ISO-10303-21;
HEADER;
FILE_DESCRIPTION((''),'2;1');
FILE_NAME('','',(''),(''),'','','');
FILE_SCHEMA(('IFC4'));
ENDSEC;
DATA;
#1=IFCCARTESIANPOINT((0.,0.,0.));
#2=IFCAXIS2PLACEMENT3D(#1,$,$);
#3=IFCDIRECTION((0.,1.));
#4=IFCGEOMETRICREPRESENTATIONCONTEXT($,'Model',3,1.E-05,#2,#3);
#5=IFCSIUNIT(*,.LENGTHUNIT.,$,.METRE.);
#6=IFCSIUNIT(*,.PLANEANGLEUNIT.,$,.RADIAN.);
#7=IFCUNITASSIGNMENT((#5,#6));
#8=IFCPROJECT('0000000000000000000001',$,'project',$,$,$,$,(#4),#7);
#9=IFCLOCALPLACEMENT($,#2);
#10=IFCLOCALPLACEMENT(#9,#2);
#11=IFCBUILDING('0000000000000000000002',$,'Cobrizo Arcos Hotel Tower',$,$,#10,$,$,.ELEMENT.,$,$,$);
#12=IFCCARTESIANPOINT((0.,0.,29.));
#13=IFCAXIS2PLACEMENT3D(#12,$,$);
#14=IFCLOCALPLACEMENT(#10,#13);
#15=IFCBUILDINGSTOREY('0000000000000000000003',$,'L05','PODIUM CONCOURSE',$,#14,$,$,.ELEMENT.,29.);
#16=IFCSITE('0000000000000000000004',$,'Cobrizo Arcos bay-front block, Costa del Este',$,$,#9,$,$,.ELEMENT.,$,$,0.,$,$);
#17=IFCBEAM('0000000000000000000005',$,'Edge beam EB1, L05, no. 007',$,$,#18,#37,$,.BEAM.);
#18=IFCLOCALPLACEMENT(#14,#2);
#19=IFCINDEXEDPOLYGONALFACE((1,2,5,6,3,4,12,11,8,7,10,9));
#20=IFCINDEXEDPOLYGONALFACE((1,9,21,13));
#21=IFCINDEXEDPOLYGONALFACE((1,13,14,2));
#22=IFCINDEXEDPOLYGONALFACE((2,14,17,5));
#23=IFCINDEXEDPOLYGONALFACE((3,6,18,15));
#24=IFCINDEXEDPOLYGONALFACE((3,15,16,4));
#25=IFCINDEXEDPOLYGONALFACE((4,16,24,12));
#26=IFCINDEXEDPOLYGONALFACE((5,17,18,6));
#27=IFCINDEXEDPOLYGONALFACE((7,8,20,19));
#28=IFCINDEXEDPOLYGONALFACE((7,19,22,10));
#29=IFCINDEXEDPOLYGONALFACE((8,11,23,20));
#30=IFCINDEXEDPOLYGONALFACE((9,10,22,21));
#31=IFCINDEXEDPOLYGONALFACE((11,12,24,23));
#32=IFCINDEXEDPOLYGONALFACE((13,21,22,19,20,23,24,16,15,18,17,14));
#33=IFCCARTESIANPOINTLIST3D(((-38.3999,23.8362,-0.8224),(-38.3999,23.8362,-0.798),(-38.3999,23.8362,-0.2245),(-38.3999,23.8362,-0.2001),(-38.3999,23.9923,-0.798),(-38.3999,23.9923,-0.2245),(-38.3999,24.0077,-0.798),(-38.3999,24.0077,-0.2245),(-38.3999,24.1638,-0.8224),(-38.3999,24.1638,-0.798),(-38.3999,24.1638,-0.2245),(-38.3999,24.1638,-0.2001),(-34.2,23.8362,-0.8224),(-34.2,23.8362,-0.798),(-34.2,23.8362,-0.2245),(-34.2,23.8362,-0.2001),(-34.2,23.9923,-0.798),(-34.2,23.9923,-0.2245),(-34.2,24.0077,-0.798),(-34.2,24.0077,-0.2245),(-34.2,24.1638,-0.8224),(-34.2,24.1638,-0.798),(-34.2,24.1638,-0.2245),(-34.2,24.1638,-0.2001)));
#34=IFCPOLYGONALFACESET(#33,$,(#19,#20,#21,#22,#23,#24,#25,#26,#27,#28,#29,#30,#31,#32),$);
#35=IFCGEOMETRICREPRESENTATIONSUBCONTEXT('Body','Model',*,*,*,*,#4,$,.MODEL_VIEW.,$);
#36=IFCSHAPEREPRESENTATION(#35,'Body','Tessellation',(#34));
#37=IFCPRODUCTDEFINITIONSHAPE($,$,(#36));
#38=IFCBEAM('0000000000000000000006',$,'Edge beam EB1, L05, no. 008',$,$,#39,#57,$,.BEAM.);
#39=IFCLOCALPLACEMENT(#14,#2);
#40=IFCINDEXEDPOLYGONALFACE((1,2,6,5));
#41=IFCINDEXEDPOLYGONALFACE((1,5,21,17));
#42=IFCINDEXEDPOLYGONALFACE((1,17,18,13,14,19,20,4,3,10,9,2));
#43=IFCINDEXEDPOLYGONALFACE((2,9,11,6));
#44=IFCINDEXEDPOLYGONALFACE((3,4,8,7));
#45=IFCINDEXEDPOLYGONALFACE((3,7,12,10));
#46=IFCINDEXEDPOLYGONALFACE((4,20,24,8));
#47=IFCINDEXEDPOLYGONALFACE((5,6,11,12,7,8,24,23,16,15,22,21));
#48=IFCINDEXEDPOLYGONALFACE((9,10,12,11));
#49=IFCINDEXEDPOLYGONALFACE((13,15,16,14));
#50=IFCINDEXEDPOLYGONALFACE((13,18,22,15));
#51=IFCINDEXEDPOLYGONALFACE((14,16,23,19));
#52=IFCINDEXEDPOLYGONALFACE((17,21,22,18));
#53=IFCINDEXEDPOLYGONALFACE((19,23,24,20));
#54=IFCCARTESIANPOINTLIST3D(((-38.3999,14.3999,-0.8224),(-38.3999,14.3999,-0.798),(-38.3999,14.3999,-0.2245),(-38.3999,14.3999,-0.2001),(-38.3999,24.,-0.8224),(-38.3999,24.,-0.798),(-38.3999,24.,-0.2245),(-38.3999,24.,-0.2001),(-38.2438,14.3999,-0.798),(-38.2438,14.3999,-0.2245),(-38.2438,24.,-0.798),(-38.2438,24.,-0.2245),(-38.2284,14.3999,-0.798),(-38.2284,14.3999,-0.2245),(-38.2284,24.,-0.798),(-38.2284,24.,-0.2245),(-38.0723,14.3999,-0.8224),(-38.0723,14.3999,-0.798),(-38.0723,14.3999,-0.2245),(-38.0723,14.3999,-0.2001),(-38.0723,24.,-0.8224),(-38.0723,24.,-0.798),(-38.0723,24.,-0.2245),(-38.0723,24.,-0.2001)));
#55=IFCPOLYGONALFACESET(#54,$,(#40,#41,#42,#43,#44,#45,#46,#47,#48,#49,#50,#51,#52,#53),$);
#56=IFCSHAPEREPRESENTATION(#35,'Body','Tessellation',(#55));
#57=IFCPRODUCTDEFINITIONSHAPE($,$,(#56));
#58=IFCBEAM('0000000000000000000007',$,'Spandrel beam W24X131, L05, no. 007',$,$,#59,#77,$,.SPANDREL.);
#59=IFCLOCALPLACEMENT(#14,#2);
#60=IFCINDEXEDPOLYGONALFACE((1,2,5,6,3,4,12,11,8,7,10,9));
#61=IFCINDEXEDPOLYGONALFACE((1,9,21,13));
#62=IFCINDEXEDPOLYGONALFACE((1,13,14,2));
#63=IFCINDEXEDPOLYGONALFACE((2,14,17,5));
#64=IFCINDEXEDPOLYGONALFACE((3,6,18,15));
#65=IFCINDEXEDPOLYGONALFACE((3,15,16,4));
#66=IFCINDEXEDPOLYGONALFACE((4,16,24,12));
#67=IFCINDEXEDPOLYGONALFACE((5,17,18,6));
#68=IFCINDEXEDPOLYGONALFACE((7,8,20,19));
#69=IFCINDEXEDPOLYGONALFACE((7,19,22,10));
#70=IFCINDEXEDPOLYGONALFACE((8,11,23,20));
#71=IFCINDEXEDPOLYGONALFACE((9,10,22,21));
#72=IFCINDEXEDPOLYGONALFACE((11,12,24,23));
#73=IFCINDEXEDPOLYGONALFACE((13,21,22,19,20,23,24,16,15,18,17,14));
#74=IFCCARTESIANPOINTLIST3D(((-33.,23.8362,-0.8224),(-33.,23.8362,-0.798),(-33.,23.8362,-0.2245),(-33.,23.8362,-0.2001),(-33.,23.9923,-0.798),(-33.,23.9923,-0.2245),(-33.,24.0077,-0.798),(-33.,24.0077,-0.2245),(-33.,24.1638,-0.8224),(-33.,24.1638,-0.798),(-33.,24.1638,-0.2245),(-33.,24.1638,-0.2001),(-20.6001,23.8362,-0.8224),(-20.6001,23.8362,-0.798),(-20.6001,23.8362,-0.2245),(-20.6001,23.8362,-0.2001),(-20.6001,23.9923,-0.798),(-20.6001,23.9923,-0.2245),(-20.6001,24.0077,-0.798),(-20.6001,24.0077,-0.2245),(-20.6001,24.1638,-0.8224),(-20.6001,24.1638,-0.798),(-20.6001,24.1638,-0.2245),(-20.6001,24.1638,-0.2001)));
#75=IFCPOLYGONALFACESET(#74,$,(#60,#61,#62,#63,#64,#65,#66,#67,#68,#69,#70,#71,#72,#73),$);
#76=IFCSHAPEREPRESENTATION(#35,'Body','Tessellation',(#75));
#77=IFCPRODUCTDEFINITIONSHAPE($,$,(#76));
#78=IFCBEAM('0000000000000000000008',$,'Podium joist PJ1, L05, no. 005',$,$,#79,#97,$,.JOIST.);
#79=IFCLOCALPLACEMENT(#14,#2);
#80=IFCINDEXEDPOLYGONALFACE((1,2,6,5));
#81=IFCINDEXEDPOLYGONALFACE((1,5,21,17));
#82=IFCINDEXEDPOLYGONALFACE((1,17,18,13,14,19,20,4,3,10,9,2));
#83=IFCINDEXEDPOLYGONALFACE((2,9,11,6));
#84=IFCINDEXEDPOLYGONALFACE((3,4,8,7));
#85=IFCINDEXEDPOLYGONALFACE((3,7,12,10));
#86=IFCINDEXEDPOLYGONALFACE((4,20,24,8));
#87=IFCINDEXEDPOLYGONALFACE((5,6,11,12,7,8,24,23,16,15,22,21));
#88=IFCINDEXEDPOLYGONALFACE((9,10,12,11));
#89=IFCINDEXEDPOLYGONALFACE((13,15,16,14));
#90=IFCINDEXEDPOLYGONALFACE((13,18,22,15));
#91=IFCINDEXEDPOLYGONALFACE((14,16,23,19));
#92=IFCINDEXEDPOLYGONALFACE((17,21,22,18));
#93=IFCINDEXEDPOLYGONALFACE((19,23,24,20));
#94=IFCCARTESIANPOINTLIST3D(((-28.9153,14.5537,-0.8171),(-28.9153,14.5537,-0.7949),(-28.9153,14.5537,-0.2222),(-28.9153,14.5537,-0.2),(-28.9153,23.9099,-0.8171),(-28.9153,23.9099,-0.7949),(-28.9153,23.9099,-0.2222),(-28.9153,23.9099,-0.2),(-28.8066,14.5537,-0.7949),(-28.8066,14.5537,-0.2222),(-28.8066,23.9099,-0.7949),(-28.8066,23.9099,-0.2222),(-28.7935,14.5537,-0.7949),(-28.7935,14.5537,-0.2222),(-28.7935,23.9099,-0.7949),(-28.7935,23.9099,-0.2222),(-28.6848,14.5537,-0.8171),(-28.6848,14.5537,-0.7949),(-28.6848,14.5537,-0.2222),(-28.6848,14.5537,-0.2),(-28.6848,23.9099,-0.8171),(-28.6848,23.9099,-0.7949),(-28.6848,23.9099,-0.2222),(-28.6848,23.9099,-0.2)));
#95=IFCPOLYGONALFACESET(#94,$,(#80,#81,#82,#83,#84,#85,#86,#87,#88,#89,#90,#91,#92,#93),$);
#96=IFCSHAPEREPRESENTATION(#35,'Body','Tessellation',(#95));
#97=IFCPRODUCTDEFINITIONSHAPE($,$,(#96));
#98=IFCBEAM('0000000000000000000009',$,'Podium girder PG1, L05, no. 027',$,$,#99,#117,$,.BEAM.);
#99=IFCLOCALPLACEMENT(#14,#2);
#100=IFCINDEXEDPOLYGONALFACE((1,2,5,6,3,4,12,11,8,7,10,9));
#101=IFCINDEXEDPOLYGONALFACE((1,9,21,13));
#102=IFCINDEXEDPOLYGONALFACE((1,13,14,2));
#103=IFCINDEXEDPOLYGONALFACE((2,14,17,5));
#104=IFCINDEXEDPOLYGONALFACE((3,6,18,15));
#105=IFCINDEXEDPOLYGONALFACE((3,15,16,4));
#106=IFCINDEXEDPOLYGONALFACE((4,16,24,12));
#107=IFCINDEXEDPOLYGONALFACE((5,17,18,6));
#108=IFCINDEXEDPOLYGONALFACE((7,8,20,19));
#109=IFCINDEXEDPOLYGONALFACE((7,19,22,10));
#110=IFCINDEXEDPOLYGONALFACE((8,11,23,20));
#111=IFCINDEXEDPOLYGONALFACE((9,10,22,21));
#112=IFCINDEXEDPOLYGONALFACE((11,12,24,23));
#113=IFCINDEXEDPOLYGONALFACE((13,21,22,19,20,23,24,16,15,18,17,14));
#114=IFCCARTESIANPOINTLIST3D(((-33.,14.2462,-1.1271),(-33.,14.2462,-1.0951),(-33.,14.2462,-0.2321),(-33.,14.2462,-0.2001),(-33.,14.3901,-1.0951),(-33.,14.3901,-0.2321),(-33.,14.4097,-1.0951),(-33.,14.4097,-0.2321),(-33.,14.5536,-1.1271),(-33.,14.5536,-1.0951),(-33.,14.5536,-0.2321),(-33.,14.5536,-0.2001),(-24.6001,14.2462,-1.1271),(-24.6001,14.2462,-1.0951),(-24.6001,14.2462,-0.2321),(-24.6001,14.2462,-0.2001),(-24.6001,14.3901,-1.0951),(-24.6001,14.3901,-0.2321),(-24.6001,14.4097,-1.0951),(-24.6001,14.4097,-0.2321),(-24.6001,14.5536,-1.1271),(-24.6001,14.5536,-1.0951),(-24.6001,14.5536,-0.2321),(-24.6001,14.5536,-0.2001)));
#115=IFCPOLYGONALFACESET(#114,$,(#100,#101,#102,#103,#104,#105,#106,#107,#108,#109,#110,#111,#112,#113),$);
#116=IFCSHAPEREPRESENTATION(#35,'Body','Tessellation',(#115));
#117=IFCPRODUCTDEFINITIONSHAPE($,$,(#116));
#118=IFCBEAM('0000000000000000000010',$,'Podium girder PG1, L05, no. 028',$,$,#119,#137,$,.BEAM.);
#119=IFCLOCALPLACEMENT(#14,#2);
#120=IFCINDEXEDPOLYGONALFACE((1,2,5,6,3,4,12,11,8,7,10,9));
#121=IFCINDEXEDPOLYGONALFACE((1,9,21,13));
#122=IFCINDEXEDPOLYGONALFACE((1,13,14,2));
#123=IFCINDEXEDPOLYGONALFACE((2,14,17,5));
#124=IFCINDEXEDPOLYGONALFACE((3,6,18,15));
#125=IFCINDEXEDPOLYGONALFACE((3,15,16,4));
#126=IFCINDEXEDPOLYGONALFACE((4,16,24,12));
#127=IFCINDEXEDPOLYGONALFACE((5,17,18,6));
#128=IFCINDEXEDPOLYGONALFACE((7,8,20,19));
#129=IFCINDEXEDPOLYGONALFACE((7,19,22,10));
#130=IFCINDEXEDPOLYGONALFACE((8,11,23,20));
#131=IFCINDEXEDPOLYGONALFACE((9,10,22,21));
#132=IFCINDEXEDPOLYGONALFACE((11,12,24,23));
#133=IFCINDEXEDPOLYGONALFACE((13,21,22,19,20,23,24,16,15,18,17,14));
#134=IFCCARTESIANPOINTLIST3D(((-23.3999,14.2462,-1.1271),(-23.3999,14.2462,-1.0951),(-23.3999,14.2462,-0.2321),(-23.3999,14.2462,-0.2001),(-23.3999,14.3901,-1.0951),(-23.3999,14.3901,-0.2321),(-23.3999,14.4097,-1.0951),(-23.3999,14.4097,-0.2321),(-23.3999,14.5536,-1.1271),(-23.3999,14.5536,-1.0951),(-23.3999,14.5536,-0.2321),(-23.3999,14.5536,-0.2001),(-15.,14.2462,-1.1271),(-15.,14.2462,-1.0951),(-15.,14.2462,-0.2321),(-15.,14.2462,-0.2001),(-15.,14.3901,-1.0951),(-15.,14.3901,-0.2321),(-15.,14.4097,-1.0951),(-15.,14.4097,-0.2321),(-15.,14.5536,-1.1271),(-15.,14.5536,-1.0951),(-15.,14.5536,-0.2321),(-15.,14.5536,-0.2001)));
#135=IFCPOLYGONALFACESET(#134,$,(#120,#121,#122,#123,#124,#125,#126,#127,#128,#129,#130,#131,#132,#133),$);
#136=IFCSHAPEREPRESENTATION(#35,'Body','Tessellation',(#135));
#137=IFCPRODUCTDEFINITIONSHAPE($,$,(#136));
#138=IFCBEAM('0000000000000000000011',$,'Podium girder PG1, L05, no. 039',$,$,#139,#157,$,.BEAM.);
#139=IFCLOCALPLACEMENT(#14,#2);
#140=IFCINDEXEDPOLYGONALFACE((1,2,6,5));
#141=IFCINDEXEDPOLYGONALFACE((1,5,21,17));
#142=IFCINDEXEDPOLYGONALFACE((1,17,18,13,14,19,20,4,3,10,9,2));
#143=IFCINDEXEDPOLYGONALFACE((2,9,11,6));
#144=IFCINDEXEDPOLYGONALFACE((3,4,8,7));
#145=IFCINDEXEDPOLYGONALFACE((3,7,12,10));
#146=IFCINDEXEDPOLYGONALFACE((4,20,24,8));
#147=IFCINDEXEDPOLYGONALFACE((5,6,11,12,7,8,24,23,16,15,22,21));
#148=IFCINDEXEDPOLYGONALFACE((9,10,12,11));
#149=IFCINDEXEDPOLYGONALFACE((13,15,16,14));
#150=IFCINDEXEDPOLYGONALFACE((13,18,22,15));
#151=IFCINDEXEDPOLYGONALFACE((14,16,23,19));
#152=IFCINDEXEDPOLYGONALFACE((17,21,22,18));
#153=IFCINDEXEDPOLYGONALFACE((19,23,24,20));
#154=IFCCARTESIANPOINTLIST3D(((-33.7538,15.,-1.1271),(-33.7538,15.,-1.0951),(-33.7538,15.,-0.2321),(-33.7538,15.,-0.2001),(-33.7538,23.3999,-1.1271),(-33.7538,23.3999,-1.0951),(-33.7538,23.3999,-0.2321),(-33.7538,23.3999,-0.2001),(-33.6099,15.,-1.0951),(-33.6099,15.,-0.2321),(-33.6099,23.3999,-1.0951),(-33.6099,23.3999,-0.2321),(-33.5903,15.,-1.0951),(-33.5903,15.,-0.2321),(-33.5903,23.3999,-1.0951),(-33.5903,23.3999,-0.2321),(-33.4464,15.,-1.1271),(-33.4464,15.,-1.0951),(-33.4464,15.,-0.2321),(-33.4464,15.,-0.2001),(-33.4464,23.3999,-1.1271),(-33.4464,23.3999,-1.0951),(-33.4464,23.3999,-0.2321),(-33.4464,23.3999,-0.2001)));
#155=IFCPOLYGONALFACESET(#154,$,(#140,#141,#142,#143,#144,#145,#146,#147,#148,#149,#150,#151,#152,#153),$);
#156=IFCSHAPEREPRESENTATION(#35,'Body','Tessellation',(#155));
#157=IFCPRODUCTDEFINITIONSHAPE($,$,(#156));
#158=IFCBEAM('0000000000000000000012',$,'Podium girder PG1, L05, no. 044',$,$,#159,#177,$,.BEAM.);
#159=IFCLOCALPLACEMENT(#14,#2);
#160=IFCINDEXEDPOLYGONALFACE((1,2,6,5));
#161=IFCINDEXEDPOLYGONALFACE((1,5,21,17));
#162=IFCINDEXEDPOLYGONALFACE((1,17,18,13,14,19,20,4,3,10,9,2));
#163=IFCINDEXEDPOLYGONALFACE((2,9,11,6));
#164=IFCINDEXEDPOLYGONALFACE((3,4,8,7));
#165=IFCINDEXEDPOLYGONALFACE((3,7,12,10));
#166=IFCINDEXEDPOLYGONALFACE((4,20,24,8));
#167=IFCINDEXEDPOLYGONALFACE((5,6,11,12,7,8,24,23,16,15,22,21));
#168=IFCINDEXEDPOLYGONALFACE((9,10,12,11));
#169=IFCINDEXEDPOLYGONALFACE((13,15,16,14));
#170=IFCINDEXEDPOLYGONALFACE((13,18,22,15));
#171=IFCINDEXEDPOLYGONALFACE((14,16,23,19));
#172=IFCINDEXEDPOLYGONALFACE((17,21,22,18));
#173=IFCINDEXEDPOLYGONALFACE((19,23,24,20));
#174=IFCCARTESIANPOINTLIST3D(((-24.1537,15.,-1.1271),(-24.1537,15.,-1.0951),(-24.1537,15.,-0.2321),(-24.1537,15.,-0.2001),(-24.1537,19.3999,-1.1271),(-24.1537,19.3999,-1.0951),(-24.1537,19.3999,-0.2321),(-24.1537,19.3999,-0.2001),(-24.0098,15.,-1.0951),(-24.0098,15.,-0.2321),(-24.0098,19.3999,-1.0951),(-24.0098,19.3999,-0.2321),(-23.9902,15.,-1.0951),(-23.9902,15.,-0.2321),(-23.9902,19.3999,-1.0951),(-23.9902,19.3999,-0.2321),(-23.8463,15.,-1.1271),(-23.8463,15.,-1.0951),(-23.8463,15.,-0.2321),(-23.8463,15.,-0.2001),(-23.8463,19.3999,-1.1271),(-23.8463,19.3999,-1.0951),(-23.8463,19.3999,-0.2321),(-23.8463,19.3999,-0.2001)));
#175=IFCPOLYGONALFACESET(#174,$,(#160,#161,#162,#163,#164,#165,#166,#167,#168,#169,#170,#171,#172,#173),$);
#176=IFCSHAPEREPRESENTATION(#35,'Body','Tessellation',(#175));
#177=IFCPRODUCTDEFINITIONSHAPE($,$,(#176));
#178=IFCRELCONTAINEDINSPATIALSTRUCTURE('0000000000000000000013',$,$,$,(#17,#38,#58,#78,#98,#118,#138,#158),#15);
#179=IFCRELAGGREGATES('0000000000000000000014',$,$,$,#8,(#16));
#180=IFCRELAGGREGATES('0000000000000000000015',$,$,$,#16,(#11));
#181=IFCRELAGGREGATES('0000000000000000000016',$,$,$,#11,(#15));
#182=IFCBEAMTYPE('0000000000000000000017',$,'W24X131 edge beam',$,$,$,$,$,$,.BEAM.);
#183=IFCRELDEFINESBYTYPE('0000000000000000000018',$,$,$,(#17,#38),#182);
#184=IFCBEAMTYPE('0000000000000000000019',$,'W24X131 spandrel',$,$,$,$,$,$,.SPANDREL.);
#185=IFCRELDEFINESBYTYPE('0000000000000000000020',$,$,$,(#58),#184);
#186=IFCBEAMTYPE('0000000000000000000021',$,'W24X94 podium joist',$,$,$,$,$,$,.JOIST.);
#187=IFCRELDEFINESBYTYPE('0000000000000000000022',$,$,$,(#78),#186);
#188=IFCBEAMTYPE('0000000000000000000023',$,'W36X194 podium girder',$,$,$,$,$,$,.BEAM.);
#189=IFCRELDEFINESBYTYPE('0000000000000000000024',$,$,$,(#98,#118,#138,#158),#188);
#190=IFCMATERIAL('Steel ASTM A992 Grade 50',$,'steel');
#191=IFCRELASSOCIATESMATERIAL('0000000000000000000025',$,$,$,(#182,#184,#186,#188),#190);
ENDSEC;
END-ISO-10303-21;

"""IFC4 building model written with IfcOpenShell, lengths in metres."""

from ifc_helpers import new_model, si_unit, direction, frame, origin, origin_2d, place, context, subcontext, project, spatial, i_section, extrude, material, material_profile, profile_set, type_object, element, save


model = new_model("IFC4")

# Units and contexts
model_context = context("Model", 3, precision=1e-05, world=origin(), true_north=direction((0.0, 1.0)))
body_context = subcontext(model_context, "Body", "Model", "MODEL_VIEW")
ifc_project = project(units=[si_unit("LENGTHUNIT", "METRE"), si_unit("PLANEANGLEUNIT", "RADIAN")], contexts=[model_context])

# Site, building, storey
site_placement = place(None, origin())
site = spatial("IfcSite", under=ifc_project, at=site_placement, Name="Cobrizo Arcos bay-front block, Costa del Este", CompositionType="ELEMENT", RefElevation=0.0)
building_placement = place(site_placement, origin())
building = spatial("IfcBuilding", under=site, at=building_placement, Name="Cobrizo Arcos Hotel Tower", CompositionType="ELEMENT")
storey_placement = place(building_placement, frame((0.0, 0.0, 29.0)))
storey = spatial("IfcBuildingStorey", under=building, at=storey_placement, Name="L05", Description="PODIUM CONCOURSE", CompositionType="ELEMENT", Elevation=29.0)

# Beams
ifc_material_1 = material(Name="Steel ASTM A992 Grade 50", Category="steel")
ifc_material_profile_1 = material_profile(ifc_material_1, i_section(OverallWidth=0.3276, OverallDepth=0.6223, WebThickness=0.0154, FlangeThickness=0.0244, at=origin_2d()), Name="W24X131")
ifc_profile_set_1 = profile_set([ifc_material_profile_1], Name="Steel ASTM A992 Grade 50")
beam_type_1 = type_object("IfcBeamType", Name="W24X131 edge beam", PredefinedType="BEAM", material=ifc_profile_set_1)
beam_1_placement = place(storey_placement, frame((-34.2, 24.0, -0.5112), z_axis=(-1.0, 0.0, 0.0), x_axis=(0.0, -1.0, 0.0)))
element("IfcBeam", 1, at=beam_1_placement, inside=storey, type_object=beam_type_1, Name="Edge beam EB1, L05, no. 007", PredefinedType="BEAM", context=body_context, shape_type="SweptSolid", body=[
    extrude(i_section(OverallWidth=0.3276, OverallDepth=0.6223, WebThickness=0.0154, FlangeThickness=0.0244, at=origin_2d()), origin(), (0.0, 0.0, 1.0), 4.2),
])
beam_2_placement = place(storey_placement, frame((-38.2361, 24.0, -0.5112), z_axis=(0.0, -1.0, 0.0), x_axis=(1.0, 0.0, 0.0)))
element("IfcBeam", 2, at=beam_2_placement, inside=storey, type_object=beam_type_1, Name="Edge beam EB1, L05, no. 008", PredefinedType="BEAM", context=body_context, shape_type="SweptSolid", body=[
    extrude(i_section(OverallWidth=0.3276, OverallDepth=0.6223, WebThickness=0.0154, FlangeThickness=0.0244, at=origin_2d()), origin(), (0.0, 0.0, 1.0), 9.6001),
])
ifc_material_profile_2 = material_profile(ifc_material_1, i_section(OverallWidth=0.3276, OverallDepth=0.6223, WebThickness=0.0154, FlangeThickness=0.0244, at=origin_2d()), Name="W24X131")
ifc_profile_set_2 = profile_set([ifc_material_profile_2], Name="Steel ASTM A992 Grade 50")
beam_type_2 = type_object("IfcBeamType", Name="W24X131 spandrel", PredefinedType="SPANDREL", material=ifc_profile_set_2)
beam_3_placement = place(storey_placement, frame((-20.6001, 24.0, -0.5112), z_axis=(-1.0, 0.0, 0.0), x_axis=(0.0, -1.0, 0.0)))
element("IfcBeam", 3, at=beam_3_placement, inside=storey, type_object=beam_type_2, Name="Spandrel beam W24X131, L05, no. 007", PredefinedType="SPANDREL", context=body_context, shape_type="SweptSolid", body=[
    extrude(i_section(OverallWidth=0.3276, OverallDepth=0.6223, WebThickness=0.0154, FlangeThickness=0.0244, at=origin_2d()), origin(), (0.0, 0.0, 1.0), 12.3999),
])
ifc_material_profile_3 = material_profile(ifc_material_1, i_section(OverallWidth=0.2305, OverallDepth=0.6172, WebThickness=0.0132, FlangeThickness=0.0222, at=origin_2d()), Name="W24X94")
ifc_profile_set_3 = profile_set([ifc_material_profile_3], Name="Steel ASTM A992 Grade 50")
beam_type_3 = type_object("IfcBeamType", Name="W24X94 podium joist", PredefinedType="JOIST", material=ifc_profile_set_3)
beam_4_placement = place(storey_placement, frame((-28.8, 14.5537, -0.5085), z_axis=(0.0, 1.0, 0.0), x_axis=(-1.0, 0.0, 0.0)))
element("IfcBeam", 4, at=beam_4_placement, inside=storey, type_object=beam_type_3, Name="Podium joist PJ1, L05, no. 005", PredefinedType="JOIST", context=body_context, shape_type="SweptSolid", body=[
    extrude(i_section(OverallWidth=0.2305, OverallDepth=0.6172, WebThickness=0.0132, FlangeThickness=0.0222, at=origin_2d()), origin(), (0.0, 0.0, 1.0), 9.3562),
])
ifc_material_profile_4 = material_profile(ifc_material_1, i_section(OverallWidth=0.3074, OverallDepth=0.927, WebThickness=0.0195, FlangeThickness=0.032, at=origin_2d()), Name="W36X194")
ifc_profile_set_4 = profile_set([ifc_material_profile_4], Name="Steel ASTM A992 Grade 50")
beam_type_4 = type_object("IfcBeamType", Name="W36X194 podium girder", PredefinedType="BEAM", material=ifc_profile_set_4)
for number, where, z_axis, x_axis, name in (
    (5, (-33.0, 14.3999, -0.6636), (1.0, 0.0, 0.0), (0.0, 1.0, 0.0), "Podium girder PG1, L05, no. 027"),
    (6, (-23.3999, 14.3999, -0.6636), (1.0, 0.0, 0.0), (0.0, 1.0, 0.0), "Podium girder PG1, L05, no. 028"),
    (7, (-33.6001, 15.0, -0.6636), (0.0, 1.0, 0.0), (-1.0, 0.0, 0.0), "Podium girder PG1, L05, no. 039"),
):
    element("IfcBeam", number, at=place(storey_placement, frame(where, z_axis=z_axis, x_axis=x_axis)), inside=storey, type_object=beam_type_4, Name=name, PredefinedType="BEAM", context=body_context, shape_type="SweptSolid", body=[
        extrude(i_section(OverallWidth=0.3074, OverallDepth=0.927, WebThickness=0.0195, FlangeThickness=0.032, at=origin_2d()), origin(), (0.0, 0.0, 1.0), 8.3999),
    ])
beam_5_placement = place(storey_placement, frame((-24.0, 15.0, -0.6636), z_axis=(0.0, 1.0, 0.0), x_axis=(-1.0, 0.0, 0.0)))
element("IfcBeam", 8, at=beam_5_placement, inside=storey, type_object=beam_type_4, Name="Podium girder PG1, L05, no. 044", PredefinedType="BEAM", context=body_context, shape_type="SweptSolid", body=[
    extrude(i_section(OverallWidth=0.3074, OverallDepth=0.927, WebThickness=0.0195, FlangeThickness=0.032, at=origin_2d()), origin(), (0.0, 0.0, 1.0), 4.3999),
])

save(model, "model.ifc")
